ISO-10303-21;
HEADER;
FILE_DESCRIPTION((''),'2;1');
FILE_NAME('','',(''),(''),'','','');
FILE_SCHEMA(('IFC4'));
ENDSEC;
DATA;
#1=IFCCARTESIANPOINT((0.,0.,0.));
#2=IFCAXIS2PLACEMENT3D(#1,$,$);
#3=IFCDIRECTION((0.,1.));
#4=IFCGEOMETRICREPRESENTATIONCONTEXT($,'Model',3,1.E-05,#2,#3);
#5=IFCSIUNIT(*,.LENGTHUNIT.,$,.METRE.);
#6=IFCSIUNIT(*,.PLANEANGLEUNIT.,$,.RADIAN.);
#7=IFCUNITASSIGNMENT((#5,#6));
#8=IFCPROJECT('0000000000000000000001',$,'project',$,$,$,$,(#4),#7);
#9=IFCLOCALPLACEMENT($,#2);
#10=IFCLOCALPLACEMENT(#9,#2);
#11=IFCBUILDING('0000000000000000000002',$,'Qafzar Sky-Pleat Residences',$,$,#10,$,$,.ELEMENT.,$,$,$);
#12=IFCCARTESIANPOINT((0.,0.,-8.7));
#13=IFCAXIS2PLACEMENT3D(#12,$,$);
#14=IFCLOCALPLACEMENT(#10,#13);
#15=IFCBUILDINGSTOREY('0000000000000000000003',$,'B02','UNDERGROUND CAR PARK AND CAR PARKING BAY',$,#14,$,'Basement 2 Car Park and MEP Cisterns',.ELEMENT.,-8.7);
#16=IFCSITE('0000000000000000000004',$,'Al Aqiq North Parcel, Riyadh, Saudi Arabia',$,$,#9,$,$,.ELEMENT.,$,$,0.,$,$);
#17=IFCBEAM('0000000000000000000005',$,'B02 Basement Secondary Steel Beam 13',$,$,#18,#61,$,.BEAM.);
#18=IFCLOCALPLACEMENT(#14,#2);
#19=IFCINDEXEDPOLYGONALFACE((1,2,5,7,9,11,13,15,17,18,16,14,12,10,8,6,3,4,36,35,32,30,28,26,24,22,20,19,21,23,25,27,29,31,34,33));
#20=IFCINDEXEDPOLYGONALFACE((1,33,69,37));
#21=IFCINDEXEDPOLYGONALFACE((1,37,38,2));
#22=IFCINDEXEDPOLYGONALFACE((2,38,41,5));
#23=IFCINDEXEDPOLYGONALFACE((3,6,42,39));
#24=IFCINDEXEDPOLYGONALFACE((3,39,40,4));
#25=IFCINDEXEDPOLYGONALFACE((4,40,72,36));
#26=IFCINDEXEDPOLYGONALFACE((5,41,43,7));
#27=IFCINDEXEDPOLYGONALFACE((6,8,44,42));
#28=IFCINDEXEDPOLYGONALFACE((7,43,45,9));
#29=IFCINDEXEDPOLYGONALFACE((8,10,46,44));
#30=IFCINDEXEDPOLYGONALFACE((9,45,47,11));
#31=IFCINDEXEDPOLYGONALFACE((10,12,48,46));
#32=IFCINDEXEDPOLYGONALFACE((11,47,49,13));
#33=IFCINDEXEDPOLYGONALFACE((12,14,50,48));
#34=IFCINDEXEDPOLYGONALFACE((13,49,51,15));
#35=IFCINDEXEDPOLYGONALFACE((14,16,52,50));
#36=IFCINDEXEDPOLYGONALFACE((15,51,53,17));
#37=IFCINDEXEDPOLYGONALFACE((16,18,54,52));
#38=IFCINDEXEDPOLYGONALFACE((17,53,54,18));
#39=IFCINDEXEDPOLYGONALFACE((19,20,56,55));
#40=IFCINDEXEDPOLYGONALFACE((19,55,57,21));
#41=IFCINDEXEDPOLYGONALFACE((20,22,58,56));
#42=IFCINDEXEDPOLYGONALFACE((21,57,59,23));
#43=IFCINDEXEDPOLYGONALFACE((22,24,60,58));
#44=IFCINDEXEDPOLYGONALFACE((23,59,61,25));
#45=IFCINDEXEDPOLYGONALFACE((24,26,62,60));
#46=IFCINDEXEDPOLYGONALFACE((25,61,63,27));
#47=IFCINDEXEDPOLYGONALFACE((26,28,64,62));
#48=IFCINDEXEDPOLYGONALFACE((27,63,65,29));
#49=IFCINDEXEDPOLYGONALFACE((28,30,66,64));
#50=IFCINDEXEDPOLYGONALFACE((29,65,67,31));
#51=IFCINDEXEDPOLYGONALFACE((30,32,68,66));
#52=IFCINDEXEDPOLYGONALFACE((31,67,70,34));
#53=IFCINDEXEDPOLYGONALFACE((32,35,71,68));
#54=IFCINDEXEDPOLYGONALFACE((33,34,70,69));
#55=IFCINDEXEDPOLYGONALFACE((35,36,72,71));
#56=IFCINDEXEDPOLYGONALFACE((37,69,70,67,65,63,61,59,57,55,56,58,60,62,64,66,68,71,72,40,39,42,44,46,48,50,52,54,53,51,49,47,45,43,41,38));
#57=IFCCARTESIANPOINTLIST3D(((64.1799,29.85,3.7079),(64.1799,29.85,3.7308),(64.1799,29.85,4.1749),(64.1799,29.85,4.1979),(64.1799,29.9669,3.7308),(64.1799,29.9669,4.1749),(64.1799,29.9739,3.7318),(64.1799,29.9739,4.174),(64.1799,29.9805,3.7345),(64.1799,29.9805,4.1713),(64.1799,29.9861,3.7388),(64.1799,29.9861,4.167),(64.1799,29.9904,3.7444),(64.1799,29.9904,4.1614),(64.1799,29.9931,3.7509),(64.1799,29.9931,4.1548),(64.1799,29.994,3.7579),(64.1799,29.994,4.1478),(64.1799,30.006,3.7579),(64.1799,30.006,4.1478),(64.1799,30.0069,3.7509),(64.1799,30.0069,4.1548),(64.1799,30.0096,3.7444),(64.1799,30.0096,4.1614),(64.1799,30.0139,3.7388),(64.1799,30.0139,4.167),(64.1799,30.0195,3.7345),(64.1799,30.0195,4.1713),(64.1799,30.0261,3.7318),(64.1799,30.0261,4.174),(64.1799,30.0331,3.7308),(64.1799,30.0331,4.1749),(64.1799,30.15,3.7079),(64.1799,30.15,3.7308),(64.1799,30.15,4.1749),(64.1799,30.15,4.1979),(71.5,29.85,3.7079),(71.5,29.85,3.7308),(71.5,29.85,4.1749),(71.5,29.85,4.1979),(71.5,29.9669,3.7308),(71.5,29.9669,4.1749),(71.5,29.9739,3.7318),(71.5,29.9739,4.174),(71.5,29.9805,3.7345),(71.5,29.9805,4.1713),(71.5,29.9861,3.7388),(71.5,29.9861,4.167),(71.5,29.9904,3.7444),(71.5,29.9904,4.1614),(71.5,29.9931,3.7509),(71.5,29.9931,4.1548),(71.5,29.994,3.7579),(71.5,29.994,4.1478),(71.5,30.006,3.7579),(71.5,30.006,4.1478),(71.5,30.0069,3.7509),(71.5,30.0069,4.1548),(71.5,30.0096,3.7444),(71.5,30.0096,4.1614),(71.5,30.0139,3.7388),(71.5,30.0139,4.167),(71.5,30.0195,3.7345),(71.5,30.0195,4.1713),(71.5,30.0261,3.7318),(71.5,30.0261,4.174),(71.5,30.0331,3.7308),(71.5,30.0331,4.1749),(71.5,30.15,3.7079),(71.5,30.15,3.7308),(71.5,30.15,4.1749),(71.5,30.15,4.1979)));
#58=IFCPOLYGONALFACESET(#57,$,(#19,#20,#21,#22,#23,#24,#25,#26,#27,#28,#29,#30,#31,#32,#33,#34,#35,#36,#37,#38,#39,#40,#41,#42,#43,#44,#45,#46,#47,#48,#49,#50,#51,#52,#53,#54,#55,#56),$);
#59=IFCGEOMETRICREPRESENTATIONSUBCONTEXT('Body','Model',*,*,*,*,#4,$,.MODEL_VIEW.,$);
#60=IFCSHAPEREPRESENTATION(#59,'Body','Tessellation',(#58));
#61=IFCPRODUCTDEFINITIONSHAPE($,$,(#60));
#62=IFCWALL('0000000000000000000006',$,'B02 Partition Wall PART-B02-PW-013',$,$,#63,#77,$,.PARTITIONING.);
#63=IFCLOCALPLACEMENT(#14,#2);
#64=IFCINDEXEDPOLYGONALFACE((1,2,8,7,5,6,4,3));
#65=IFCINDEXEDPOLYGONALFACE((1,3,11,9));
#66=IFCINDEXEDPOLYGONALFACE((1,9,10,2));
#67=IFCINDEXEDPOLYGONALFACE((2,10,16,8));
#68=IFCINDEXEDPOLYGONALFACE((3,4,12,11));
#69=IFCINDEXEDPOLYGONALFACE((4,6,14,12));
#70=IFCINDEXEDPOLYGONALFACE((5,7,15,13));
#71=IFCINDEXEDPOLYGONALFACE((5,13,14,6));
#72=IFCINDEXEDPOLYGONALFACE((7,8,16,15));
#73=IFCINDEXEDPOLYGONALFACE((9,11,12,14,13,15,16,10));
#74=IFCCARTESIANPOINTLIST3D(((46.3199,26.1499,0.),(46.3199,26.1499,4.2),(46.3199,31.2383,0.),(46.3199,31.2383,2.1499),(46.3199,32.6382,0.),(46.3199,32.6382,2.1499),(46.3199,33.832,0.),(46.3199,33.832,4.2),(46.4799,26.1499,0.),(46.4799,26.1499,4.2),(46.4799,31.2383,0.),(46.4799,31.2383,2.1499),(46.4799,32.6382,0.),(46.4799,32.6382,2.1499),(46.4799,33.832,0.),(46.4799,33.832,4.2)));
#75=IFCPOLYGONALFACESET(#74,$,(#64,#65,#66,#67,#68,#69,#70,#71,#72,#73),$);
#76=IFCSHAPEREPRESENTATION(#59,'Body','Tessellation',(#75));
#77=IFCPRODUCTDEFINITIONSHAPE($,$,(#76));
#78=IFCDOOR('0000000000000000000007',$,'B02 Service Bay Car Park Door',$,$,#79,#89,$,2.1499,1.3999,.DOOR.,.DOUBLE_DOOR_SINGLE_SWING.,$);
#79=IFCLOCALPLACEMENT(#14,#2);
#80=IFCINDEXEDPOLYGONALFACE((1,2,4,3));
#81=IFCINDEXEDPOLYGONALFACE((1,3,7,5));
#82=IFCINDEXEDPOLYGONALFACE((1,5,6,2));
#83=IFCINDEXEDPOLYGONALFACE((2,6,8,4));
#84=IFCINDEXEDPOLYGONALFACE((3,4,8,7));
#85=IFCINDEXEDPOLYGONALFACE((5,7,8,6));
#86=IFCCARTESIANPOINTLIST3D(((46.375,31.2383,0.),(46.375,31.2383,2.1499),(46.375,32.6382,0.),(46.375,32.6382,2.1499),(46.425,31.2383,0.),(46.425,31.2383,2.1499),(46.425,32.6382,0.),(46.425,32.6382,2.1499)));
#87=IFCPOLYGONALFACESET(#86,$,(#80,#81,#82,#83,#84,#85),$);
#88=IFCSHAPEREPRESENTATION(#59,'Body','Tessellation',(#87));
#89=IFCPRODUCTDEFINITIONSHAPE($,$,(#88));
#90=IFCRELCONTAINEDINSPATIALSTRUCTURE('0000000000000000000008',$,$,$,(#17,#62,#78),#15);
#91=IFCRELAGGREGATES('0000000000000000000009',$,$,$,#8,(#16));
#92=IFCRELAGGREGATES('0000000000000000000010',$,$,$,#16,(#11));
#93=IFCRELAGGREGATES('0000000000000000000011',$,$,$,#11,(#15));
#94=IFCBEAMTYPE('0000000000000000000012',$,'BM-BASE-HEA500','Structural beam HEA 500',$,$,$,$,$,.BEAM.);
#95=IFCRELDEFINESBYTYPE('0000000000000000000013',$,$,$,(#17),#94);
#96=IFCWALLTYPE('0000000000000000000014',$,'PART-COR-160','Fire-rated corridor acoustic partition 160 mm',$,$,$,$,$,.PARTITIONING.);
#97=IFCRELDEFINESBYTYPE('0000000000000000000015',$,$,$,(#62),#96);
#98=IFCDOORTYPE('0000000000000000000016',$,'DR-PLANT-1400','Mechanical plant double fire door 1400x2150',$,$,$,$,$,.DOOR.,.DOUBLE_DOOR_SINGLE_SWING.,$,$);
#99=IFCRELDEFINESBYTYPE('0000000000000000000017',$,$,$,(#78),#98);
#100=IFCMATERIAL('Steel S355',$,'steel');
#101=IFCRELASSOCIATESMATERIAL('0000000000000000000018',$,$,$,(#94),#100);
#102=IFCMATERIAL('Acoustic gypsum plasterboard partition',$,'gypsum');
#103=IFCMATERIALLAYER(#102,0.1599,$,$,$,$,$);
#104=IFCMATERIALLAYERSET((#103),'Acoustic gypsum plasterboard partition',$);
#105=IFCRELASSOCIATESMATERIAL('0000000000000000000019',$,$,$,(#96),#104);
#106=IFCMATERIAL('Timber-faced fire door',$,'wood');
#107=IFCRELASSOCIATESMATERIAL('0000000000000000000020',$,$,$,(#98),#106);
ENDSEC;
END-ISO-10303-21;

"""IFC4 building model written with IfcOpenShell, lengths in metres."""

from ifc_helpers import new_model, si_unit, direction, frame, frame_2d, origin, origin_2d, place, context, subcontext, project, spatial, rectangle, i_section, extrude, source, transform, mapped, material, layer, layer_set, material_profile, profile_set, type_object, element, fill, save


model = new_model("IFC4")

# Units and contexts
model_context = context("Model", 3, precision=1e-05, world=origin(), true_north=direction((0.0, 1.0)))
body_context = subcontext(model_context, "Body", "Model", "MODEL_VIEW")
ifc_project = project(units=[si_unit("LENGTHUNIT", "METRE"), si_unit("PLANEANGLEUNIT", "RADIAN")], contexts=[model_context])

# Site, building, storey
site_placement = place(None, origin())
site = spatial("IfcSite", under=ifc_project, at=site_placement, Name="Al Aqiq North Parcel, Riyadh, Saudi Arabia", CompositionType="ELEMENT", RefElevation=0.0)
building_placement = place(site_placement, origin())
building = spatial("IfcBuilding", under=site, at=building_placement, Name="Qafzar Sky-Pleat Residences", CompositionType="ELEMENT")
storey_placement = place(building_placement, frame((0.0, 0.0, -8.7)))
storey = spatial("IfcBuildingStorey", under=building, at=storey_placement, Name="B02", Description="UNDERGROUND CAR PARK AND CAR PARKING BAY", LongName="Basement 2 Car Park and MEP Cisterns", CompositionType="ELEMENT", Elevation=-8.7)

# Beam
ifc_material_1 = material(Name="Steel S355", Category="steel")
ifc_material_profile_1 = material_profile(ifc_material_1, i_section(OverallWidth=0.3, OverallDepth=0.49, WebThickness=0.012, FlangeThickness=0.0229, FilletRadius=0.0271, at=origin_2d()), Name="HEA 500")
ifc_profile_set_1 = profile_set([ifc_material_profile_1], Name="Steel S355")
beam_type_1 = type_object("IfcBeamType", Name="BM-BASE-HEA500", Description="Structural beam HEA 500", PredefinedType="BEAM", material=ifc_profile_set_1)
shared_shape_1 = source(origin(), body_context, "Body", "SweptSolid", [
    extrude(i_section(OverallWidth=0.3, OverallDepth=0.49, WebThickness=0.012, FlangeThickness=0.0229, FilletRadius=0.0271, at=origin_2d()), origin(), (0.0, 0.0, 1.0), 7.3201),
])
beam_1_placement = place(storey_placement, frame((64.1799, 30.0, 3.9529), z_axis=(1.0, 0.0, 0.0), x_axis=(0.0, 1.0, 0.0)))
element("IfcBeam", 1, at=beam_1_placement, inside=storey, type_object=beam_type_1, Name="B02 Basement Secondary Steel Beam 13", PredefinedType="BEAM", context=body_context, shape_type="MappedRepresentation", body=[
    mapped(shared_shape_1, transform((0.0, 0.0, 0.0), x_axis=(1.0, 0.0, 0.0), y_axis=(0.0, 1.0, 0.0), z_axis=(0.0, 0.0, 1.0), scale=1.0)),
])

# Wall, opening, door
ifc_material_2 = material(Name="Acoustic gypsum plasterboard partition", Category="gypsum")
ifc_layer = layer(ifc_material_2, 0.1599)
ifc_layer_set = layer_set([ifc_layer], Name="Acoustic gypsum plasterboard partition")
wall_type = type_object("IfcWallType", Name="PART-COR-160", Description="Fire-rated corridor acoustic partition 160 mm", PredefinedType="PARTITIONING", material=ifc_layer_set)
wall_placement = place(storey_placement, frame((46.3999, 26.1499, 0.0), z_axis=(0.0, 0.0, 1.0), x_axis=(0.0, 1.0, 0.0)))
wall = element("IfcWall", 2, at=wall_placement, inside=storey, type_object=wall_type, Name="B02 Partition Wall PART-B02-PW-013", PredefinedType="PARTITIONING", context=body_context, shape_type="SweptSolid", body=[
    extrude(rectangle(XDim=7.6821, YDim=0.1599, at=frame_2d((3.8411, 0.0))), origin(), (0.0, 0.0, 1.0), 4.2),
])
opening_placement = place(wall_placement, frame((5.0884, 0.0, 0.0)))
opening = element("IfcOpeningElement", 3, at=opening_placement, cuts=wall, PredefinedType="OPENING", context=body_context, shape_type="SweptSolid", body=[
    extrude(rectangle(XDim=1.3999, YDim=2.1499, at=frame_2d((0.7, 1.075))), frame((0.0, 0.0898, 0.0), z_axis=(0.0, -1.0, 0.0), x_axis=(1.0, 0.0, 0.0)), (0.0, 0.0, 1.0), 0.1799),
])
ifc_material_3 = material(Name="Timber-faced fire door", Category="wood")
door_type = type_object("IfcDoorType", Name="DR-PLANT-1400", Description="Mechanical plant double fire door 1400x2150", OperationType="DOUBLE_DOOR_SINGLE_SWING", PredefinedType="DOOR", material=ifc_material_3)
shared_shape_2 = source(origin(), body_context, "Body", "SweptSolid", [
    extrude(rectangle(XDim=1.3999, YDim=2.1499, at=frame_2d((0.7, 1.075))), frame((0.0, 0.0249, 0.0), z_axis=(0.0, -1.0, 0.0), x_axis=(1.0, 0.0, 0.0)), (0.0, 0.0, 1.0), 0.05),
])
door_placement = place(opening_placement, origin())
door = element("IfcDoor", 4, at=door_placement, inside=storey, type_object=door_type, Name="B02 Service Bay Car Park Door", OperationType="DOUBLE_DOOR_SINGLE_SWING", OverallHeight=2.1499, OverallWidth=1.3999, PredefinedType="DOOR", context=body_context, shape_type="MappedRepresentation", body=[
    mapped(shared_shape_2, transform((0.0, 0.0, 0.0), x_axis=(1.0, 0.0, 0.0), y_axis=(0.0, 1.0, 0.0), z_axis=(0.0, 0.0, 1.0), scale=1.0)),
])
fill(opening, door)

save(model, "model.ifc")
